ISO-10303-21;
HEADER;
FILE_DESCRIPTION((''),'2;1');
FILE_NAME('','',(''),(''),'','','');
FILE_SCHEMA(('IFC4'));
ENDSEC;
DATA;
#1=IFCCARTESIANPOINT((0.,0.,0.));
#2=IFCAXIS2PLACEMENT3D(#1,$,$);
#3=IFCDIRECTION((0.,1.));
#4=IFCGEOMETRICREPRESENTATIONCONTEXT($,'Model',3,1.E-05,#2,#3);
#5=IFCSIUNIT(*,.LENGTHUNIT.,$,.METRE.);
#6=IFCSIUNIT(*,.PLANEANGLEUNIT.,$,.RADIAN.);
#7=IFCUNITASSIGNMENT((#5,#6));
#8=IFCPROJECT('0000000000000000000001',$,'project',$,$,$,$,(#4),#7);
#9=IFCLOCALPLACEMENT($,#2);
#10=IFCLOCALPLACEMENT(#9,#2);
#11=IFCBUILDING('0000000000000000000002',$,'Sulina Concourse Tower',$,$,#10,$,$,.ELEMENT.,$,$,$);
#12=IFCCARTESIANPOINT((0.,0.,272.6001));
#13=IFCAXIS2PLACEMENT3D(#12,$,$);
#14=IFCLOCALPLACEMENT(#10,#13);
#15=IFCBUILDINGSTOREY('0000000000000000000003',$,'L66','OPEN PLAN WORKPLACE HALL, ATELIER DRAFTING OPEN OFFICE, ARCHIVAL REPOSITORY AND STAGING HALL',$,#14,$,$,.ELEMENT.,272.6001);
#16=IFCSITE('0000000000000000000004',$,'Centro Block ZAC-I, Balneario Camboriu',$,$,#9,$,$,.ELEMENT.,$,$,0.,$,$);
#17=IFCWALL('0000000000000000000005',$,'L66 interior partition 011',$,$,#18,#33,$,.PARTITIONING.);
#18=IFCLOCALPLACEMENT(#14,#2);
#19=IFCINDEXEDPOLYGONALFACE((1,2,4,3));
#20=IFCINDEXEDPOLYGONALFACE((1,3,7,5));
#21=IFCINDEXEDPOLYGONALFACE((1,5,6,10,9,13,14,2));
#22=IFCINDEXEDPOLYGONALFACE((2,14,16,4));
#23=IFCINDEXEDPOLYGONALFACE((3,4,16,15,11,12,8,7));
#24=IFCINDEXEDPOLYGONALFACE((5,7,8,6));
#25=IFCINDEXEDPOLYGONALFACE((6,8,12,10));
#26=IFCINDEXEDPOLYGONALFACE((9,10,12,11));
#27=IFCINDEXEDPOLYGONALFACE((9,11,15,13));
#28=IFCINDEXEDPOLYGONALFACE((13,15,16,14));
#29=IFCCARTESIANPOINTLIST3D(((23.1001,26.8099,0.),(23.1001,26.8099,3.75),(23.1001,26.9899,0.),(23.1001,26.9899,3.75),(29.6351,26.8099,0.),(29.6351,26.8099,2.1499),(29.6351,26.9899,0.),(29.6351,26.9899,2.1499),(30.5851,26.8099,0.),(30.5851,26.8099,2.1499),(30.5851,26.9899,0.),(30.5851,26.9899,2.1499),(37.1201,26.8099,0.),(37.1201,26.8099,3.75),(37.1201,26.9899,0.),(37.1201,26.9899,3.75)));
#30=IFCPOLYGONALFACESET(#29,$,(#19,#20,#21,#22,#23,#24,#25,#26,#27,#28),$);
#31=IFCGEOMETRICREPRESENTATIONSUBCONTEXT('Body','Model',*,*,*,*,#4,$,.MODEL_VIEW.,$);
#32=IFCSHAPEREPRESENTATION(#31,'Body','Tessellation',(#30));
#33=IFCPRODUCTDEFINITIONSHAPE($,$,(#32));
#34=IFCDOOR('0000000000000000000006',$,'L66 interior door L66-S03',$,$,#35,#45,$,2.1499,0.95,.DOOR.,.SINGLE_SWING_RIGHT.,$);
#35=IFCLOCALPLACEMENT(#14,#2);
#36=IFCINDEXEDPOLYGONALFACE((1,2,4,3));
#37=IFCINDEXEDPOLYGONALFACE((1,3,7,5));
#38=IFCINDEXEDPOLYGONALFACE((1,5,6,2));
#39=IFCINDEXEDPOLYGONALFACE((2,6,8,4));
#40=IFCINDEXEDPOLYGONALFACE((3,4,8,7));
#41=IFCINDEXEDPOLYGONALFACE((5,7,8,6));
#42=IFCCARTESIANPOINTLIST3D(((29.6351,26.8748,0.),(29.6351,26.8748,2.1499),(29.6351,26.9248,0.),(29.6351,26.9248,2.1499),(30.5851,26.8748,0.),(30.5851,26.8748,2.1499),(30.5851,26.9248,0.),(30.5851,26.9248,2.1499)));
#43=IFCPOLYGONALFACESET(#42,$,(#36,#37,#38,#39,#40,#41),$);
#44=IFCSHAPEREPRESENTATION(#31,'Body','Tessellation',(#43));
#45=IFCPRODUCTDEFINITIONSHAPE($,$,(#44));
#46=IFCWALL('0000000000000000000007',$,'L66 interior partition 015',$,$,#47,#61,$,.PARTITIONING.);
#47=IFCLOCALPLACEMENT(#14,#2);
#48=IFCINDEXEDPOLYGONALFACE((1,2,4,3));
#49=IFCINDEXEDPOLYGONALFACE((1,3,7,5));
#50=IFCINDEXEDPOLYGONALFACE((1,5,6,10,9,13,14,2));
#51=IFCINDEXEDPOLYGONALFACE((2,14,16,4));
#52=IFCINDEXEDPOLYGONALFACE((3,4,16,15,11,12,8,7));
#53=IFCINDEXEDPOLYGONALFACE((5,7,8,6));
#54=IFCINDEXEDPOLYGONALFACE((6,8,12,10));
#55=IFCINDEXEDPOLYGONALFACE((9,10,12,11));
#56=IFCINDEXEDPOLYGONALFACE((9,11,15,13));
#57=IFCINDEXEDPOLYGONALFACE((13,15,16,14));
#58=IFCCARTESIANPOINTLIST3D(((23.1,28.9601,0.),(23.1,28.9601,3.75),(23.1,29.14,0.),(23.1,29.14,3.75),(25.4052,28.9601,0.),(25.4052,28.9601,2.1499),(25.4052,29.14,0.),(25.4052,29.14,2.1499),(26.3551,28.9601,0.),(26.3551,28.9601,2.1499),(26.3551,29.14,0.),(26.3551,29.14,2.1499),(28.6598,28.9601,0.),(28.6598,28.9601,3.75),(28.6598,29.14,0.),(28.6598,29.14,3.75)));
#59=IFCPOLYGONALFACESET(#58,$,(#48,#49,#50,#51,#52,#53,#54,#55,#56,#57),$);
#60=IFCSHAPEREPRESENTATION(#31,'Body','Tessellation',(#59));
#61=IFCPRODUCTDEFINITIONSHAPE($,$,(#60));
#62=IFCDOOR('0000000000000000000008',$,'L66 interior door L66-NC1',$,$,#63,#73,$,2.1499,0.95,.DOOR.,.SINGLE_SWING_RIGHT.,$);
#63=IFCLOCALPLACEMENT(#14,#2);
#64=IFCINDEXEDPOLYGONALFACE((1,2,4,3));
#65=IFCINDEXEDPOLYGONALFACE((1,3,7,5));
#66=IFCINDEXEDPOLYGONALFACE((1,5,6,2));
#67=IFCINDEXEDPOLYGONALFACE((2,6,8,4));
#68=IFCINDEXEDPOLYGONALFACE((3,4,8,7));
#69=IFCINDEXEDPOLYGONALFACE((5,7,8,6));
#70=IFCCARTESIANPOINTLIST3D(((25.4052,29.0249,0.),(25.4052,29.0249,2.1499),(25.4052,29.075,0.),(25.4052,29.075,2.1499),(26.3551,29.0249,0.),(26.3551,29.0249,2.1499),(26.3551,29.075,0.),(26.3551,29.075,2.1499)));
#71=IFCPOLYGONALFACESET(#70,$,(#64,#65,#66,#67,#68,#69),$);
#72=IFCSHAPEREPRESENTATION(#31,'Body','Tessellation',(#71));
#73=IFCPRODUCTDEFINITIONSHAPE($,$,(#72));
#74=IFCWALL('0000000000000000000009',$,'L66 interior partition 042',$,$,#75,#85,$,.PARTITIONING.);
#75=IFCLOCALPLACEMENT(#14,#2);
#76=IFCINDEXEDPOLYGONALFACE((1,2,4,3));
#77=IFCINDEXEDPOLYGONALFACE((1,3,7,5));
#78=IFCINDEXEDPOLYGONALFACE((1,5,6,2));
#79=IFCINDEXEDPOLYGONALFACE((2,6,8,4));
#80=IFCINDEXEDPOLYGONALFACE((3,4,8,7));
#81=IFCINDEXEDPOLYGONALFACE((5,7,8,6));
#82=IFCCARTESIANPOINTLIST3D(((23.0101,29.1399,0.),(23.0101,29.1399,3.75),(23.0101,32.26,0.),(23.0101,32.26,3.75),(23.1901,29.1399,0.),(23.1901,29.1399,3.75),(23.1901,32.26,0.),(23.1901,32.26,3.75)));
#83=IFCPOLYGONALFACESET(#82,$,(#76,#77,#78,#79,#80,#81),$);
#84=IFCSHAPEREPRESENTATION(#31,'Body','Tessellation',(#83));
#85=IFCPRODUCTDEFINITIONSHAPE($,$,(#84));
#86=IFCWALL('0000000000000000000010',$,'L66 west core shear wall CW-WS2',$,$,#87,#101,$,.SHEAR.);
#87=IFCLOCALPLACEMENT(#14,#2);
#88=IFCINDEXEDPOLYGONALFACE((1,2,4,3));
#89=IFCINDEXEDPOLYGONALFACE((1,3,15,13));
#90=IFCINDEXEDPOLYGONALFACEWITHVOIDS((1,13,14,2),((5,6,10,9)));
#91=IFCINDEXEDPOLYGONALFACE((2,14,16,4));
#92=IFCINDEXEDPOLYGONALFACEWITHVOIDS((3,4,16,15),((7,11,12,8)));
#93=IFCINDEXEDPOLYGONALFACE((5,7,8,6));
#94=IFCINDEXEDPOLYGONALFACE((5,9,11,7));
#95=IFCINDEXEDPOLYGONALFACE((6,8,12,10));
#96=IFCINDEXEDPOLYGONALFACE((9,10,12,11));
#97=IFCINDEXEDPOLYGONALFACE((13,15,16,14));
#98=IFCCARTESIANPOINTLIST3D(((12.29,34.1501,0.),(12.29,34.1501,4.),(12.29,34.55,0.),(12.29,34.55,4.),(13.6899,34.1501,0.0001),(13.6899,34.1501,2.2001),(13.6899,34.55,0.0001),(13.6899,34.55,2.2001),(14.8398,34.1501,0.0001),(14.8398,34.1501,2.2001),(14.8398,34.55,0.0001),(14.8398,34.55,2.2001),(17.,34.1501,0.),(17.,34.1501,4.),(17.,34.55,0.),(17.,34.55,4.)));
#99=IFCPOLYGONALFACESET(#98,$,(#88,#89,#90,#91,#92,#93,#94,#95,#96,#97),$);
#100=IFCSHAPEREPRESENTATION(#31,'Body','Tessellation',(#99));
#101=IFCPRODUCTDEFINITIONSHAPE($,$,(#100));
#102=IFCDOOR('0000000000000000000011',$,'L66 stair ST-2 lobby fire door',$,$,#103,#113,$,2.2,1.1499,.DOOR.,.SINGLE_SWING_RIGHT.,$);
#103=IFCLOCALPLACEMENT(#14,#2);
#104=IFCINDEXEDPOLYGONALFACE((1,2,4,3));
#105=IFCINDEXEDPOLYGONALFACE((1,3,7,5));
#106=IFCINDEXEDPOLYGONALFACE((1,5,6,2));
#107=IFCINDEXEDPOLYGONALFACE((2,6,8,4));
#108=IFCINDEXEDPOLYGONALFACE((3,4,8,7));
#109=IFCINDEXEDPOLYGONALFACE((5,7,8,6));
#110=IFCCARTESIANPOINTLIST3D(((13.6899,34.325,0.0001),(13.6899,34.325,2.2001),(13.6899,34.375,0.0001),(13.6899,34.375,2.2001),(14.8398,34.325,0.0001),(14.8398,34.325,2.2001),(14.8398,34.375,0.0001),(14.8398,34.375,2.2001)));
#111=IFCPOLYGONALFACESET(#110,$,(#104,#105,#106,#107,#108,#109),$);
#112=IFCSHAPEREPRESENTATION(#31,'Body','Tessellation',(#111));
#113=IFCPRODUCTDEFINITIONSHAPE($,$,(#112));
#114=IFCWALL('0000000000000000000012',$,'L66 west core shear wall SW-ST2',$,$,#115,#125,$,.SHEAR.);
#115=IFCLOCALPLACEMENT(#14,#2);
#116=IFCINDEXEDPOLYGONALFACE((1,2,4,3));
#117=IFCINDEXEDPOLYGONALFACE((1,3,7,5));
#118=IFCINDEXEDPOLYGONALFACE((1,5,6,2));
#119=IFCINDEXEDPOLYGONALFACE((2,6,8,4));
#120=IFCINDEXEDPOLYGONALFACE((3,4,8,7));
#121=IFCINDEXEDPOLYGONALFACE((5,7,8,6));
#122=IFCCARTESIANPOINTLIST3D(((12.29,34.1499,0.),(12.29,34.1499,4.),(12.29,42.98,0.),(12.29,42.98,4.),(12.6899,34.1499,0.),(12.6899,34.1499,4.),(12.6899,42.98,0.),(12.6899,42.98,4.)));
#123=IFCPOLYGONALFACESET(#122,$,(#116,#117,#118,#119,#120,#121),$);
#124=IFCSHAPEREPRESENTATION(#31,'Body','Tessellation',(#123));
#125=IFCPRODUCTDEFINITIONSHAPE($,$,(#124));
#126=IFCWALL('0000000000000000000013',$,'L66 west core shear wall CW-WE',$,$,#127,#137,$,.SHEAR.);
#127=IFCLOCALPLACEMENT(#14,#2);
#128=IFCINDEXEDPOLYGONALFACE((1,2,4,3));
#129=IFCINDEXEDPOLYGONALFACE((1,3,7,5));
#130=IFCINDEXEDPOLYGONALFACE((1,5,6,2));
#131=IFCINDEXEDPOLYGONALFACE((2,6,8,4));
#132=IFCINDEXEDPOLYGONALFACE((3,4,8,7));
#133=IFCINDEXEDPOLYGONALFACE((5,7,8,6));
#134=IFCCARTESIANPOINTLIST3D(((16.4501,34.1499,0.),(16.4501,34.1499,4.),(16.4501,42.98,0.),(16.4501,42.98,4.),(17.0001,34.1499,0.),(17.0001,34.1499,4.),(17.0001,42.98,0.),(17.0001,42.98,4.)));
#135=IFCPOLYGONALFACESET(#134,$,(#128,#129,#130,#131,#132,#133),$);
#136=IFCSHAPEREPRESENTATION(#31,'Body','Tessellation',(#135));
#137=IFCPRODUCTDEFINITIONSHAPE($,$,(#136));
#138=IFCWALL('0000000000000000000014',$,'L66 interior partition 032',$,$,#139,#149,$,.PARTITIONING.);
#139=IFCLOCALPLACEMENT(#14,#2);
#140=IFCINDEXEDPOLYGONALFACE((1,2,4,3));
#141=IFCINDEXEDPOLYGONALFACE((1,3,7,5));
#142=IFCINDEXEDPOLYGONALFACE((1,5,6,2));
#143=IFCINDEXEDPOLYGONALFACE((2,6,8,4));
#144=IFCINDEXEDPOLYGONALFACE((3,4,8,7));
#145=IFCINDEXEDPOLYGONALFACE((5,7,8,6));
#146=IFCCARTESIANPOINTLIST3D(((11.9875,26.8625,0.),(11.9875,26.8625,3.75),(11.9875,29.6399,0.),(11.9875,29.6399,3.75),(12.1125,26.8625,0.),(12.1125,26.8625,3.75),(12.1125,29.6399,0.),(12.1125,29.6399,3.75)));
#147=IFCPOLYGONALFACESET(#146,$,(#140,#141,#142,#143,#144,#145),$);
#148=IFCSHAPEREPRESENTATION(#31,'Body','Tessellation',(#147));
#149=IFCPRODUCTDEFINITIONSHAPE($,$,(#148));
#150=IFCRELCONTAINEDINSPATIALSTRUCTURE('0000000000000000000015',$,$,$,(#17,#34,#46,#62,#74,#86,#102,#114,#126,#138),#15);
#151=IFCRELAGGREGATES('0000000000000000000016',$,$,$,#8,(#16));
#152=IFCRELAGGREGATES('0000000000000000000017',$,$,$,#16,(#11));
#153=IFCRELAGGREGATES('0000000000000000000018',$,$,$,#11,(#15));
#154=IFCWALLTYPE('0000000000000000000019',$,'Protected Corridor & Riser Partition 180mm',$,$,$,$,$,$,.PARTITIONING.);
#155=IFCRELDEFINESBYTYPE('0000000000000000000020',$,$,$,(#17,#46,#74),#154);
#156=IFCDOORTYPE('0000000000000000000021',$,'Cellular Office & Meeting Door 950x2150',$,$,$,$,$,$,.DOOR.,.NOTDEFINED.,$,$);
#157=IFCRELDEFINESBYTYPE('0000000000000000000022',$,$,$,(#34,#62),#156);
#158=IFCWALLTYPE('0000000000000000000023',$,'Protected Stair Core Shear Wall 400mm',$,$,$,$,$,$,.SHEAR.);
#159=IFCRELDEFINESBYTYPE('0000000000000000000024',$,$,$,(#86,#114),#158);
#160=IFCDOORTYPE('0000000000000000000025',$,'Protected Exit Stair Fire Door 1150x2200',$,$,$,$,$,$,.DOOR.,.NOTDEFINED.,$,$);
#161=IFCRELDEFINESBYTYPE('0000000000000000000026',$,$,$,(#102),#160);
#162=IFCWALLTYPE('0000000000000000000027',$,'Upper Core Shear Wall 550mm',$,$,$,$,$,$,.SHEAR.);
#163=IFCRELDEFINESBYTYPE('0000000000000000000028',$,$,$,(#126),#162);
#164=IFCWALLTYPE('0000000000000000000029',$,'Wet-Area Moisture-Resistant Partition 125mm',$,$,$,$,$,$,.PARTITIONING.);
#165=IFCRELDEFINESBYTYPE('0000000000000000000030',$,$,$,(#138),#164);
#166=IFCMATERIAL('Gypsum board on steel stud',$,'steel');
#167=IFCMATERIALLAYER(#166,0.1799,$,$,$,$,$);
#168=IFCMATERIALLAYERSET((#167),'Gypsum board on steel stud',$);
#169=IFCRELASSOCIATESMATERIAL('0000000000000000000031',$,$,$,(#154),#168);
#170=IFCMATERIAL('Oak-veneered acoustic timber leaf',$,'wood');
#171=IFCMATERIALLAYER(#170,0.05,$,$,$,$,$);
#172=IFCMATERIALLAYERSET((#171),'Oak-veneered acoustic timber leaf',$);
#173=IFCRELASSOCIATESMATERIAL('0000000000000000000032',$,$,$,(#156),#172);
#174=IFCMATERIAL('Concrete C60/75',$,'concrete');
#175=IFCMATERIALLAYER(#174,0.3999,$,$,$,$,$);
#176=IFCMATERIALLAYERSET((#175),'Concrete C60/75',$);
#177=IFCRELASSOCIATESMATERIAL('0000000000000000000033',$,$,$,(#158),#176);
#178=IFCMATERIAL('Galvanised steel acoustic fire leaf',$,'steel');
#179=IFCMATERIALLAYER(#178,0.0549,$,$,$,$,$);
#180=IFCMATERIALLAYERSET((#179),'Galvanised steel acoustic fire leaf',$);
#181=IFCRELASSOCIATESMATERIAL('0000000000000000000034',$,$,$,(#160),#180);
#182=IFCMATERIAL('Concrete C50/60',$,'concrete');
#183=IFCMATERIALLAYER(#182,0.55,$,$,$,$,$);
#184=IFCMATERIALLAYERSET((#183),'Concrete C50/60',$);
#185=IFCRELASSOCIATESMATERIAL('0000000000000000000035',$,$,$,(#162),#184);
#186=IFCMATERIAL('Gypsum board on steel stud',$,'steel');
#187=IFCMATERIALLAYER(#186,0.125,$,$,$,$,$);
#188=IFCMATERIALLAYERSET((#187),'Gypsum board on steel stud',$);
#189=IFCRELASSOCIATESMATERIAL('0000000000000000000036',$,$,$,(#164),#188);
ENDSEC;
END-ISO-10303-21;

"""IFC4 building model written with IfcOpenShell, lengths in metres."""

from ifc_helpers import new_model, si_unit, direction, frame, frame_2d, origin, place, context, subcontext, project, spatial, rectangle, extrude, material, layer, layer_set, type_object, element, fill, save


model = new_model("IFC4")

# Units and contexts
model_context = context("Model", 3, precision=1e-05, world=origin(), true_north=direction((0.0, 1.0)))
body_context = subcontext(model_context, "Body", "Model", "MODEL_VIEW")
ifc_project = project(units=[si_unit("LENGTHUNIT", "METRE"), si_unit("PLANEANGLEUNIT", "RADIAN")], contexts=[model_context])

# Site, building, storey
site_placement = place(None, origin())
site = spatial("IfcSite", under=ifc_project, at=site_placement, Name="Centro Block ZAC-I, Balneario Camboriu", CompositionType="ELEMENT", RefElevation=0.0)
building_placement = place(site_placement, origin())
building = spatial("IfcBuilding", under=site, at=building_placement, Name="Sulina Concourse Tower", CompositionType="ELEMENT")
storey_placement = place(building_placement, frame((0.0, 0.0, 272.6001)))
storey = spatial("IfcBuildingStorey", under=building, at=storey_placement, Name="L66", Description="OPEN PLAN WORKPLACE HALL, ATELIER DRAFTING OPEN OFFICE, ARCHIVAL REPOSITORY AND STAGING HALL", CompositionType="ELEMENT", Elevation=272.6001)

# Walls, openings, doors
ifc_material_1 = material(Name="Gypsum board on steel stud", Category="steel")
ifc_layer_1 = layer(ifc_material_1, 0.1799)
ifc_layer_set_1 = layer_set([ifc_layer_1], Name="Gypsum board on steel stud")
wall_type_1 = type_object("IfcWallType", Name="Protected Corridor & Riser Partition 180mm", PredefinedType="PARTITIONING", material=ifc_layer_set_1)
wall_1_placement = place(storey_placement, frame((23.1001, 26.8999, 0.0), z_axis=(0.0, 0.0, 1.0), x_axis=(1.0, 0.0, 0.0)))
wall_1 = element("IfcWall", 1, at=wall_1_placement, inside=storey, type_object=wall_type_1, Name="L66 interior partition 011", PredefinedType="PARTITIONING", context=body_context, shape_type="SweptSolid", body=[
    extrude(rectangle(XDim=14.02, YDim=0.1799, at=frame_2d((7.01, 0.0))), origin(), (0.0, 0.0, 1.0), 3.75),
])
opening_1_placement = place(wall_1_placement, frame((6.5349, 0.0, 0.0)))
opening_1 = element("IfcOpeningElement", 2, at=opening_1_placement, cuts=wall_1, PredefinedType="OPENING", context=body_context, shape_type="SweptSolid", body=[
    extrude(rectangle(XDim=0.95, YDim=2.1499, at=frame_2d((0.4751, 1.075))), frame((0.0, 0.0999, 0.0), z_axis=(0.0, -1.0, 0.0), x_axis=(1.0, 0.0, 0.0)), (0.0, 0.0, 1.0), 0.2),
])
ifc_material_2 = material(Name="Oak-veneered acoustic timber leaf", Category="wood")
ifc_layer_2 = layer(ifc_material_2, 0.05)
ifc_layer_set_2 = layer_set([ifc_layer_2], Name="Oak-veneered acoustic timber leaf")
door_type_1 = type_object("IfcDoorType", Name="Cellular Office & Meeting Door 950x2150", OperationType="NOTDEFINED", PredefinedType="DOOR", material=ifc_layer_set_2)
door_1_placement = place(opening_1_placement, origin())
door_1 = element("IfcDoor", 3, at=door_1_placement, inside=storey, type_object=door_type_1, Name="L66 interior door L66-S03", OperationType="SINGLE_SWING_RIGHT", OverallHeight=2.1499, OverallWidth=0.95, PredefinedType="DOOR", context=body_context, shape_type="SweptSolid", body=[
    extrude(rectangle(XDim=0.95, YDim=2.1499, at=frame_2d((0.4751, 1.075))), frame((0.0, 0.0249, 0.0), z_axis=(0.0, -1.0, 0.0), x_axis=(1.0, 0.0, 0.0)), (0.0, 0.0, 1.0), 0.05),
])
fill(opening_1, door_1)
wall_2_placement = place(storey_placement, frame((23.1001, 29.05, 0.0), z_axis=(0.0, 0.0, 1.0), x_axis=(1.0, 0.0, 0.0)))
wall_2 = element("IfcWall", 4, at=wall_2_placement, inside=storey, type_object=wall_type_1, Name="L66 interior partition 015", PredefinedType="PARTITIONING", context=body_context, shape_type="SweptSolid", body=[
    extrude(rectangle(XDim=5.5598, YDim=0.1799, at=frame_2d((2.7798, 0.0))), origin(), (0.0, 0.0, 1.0), 3.75),
])
opening_2_placement = place(wall_2_placement, frame((2.3049, 0.0, 0.0)))
opening_2 = element("IfcOpeningElement", 5, at=opening_2_placement, cuts=wall_2, PredefinedType="OPENING", context=body_context, shape_type="SweptSolid", body=[
    extrude(rectangle(XDim=0.95, YDim=2.1499, at=frame_2d((0.4751, 1.075))), frame((0.0, 0.0999, 0.0), z_axis=(0.0, -1.0, 0.0), x_axis=(1.0, 0.0, 0.0)), (0.0, 0.0, 1.0), 0.2),
])
door_2_placement = place(opening_2_placement, origin())
door_2 = element("IfcDoor", 6, at=door_2_placement, inside=storey, type_object=door_type_1, Name="L66 interior door L66-NC1", OperationType="SINGLE_SWING_RIGHT", OverallHeight=2.1499, OverallWidth=0.95, PredefinedType="DOOR", context=body_context, shape_type="SweptSolid", body=[
    extrude(rectangle(XDim=0.95, YDim=2.1499, at=frame_2d((0.4751, 1.075))), frame((0.0, 0.0249, 0.0), z_axis=(0.0, -1.0, 0.0), x_axis=(1.0, 0.0, 0.0)), (0.0, 0.0, 1.0), 0.05),
])
fill(opening_2, door_2)

# Wall
wall_3_placement = place(storey_placement, frame((23.1001, 29.1399, 0.0), z_axis=(0.0, 0.0, 1.0), x_axis=(0.0, 1.0, 0.0)))
element("IfcWall", 7, at=wall_3_placement, inside=storey, type_object=wall_type_1, Name="L66 interior partition 042", PredefinedType="PARTITIONING", context=body_context, shape_type="SweptSolid", body=[
    extrude(rectangle(XDim=3.1201, YDim=0.1799, at=frame_2d((1.5601, 0.0))), origin(), (0.0, 0.0, 1.0), 3.75),
])

# Wall, opening, door
ifc_material_3 = material(Name="Concrete C60/75", Category="concrete")
ifc_layer_3 = layer(ifc_material_3, 0.3999)
ifc_layer_set_3 = layer_set([ifc_layer_3], Name="Concrete C60/75")
wall_type_2 = type_object("IfcWallType", Name="Protected Stair Core Shear Wall 400mm", PredefinedType="SHEAR", material=ifc_layer_set_3)
wall_4_placement = place(storey_placement, frame((12.29, 34.3501, 0.0), z_axis=(0.0, 0.0, 1.0), x_axis=(1.0, 0.0, 0.0)))
wall_4 = element("IfcWall", 8, at=wall_4_placement, inside=storey, type_object=wall_type_2, Name="L66 west core shear wall CW-WS2", PredefinedType="SHEAR", context=body_context, shape_type="SweptSolid", body=[
    extrude(rectangle(XDim=4.71, YDim=0.3999, at=frame_2d((2.355, 0.0))), origin(), (0.0, 0.0, 1.0), 4.0),
])
opening_3_placement = place(wall_4_placement, frame((1.3999, 0.0, 0.0)))
opening_3 = element("IfcOpeningElement", 9, at=opening_3_placement, cuts=wall_4, PredefinedType="OPENING", context=body_context, shape_type="SweptSolid", body=[
    extrude(rectangle(XDim=1.1499, YDim=2.2, at=frame_2d((0.575, 1.1001))), frame((0.0, 0.21, 0.0), z_axis=(0.0, -1.0, 0.0), x_axis=(1.0, 0.0, 0.0)), (0.0, 0.0, 1.0), 0.4199),
])
ifc_material_4 = material(Name="Galvanised steel acoustic fire leaf", Category="steel")
ifc_layer_4 = layer(ifc_material_4, 0.0549)
ifc_layer_set_4 = layer_set([ifc_layer_4], Name="Galvanised steel acoustic fire leaf")
door_type_2 = type_object("IfcDoorType", Name="Protected Exit Stair Fire Door 1150x2200", OperationType="NOTDEFINED", PredefinedType="DOOR", material=ifc_layer_set_4)
door_3_placement = place(opening_3_placement, origin())
door_3 = element("IfcDoor", 10, at=door_3_placement, inside=storey, type_object=door_type_2, Name="L66 stair ST-2 lobby fire door", OperationType="SINGLE_SWING_RIGHT", OverallHeight=2.2, OverallWidth=1.1499, PredefinedType="DOOR", context=body_context, shape_type="SweptSolid", body=[
    extrude(rectangle(XDim=1.1499, YDim=2.2, at=frame_2d((0.575, 1.1001))), frame((0.0, 0.0249, 0.0), z_axis=(0.0, -1.0, 0.0), x_axis=(1.0, 0.0, 0.0)), (0.0, 0.0, 1.0), 0.05),
])
fill(opening_3, door_3)

# Walls
wall_5_placement = place(storey_placement, frame((12.49, 34.1499, 0.0), z_axis=(0.0, 0.0, 1.0), x_axis=(0.0, 1.0, 0.0)))
element("IfcWall", 11, at=wall_5_placement, inside=storey, type_object=wall_type_2, Name="L66 west core shear wall SW-ST2", PredefinedType="SHEAR", context=body_context, shape_type="SweptSolid", body=[
    extrude(rectangle(XDim=8.8301, YDim=0.3999, at=frame_2d((4.415, 0.0))), origin(), (0.0, 0.0, 1.0), 4.0),
])
ifc_material_5 = material(Name="Concrete C50/60", Category="concrete")
ifc_layer_5 = layer(ifc_material_5, 0.55)
ifc_layer_set_5 = layer_set([ifc_layer_5], Name="Concrete C50/60")
wall_type_3 = type_object("IfcWallType", Name="Upper Core Shear Wall 550mm", PredefinedType="SHEAR", material=ifc_layer_set_5)
wall_6_placement = place(storey_placement, frame((16.7251, 34.1499, 0.0), z_axis=(0.0, 0.0, 1.0), x_axis=(0.0, 1.0, 0.0)))
element("IfcWall", 12, at=wall_6_placement, inside=storey, type_object=wall_type_3, Name="L66 west core shear wall CW-WE", PredefinedType="SHEAR", context=body_context, shape_type="SweptSolid", body=[
    extrude(rectangle(XDim=8.8301, YDim=0.55, at=frame_2d((4.415, 0.0))), origin(), (0.0, 0.0, 1.0), 4.0),
])
ifc_material_6 = material(Name="Gypsum board on steel stud", Category="steel")
ifc_layer_6 = layer(ifc_material_6, 0.125)
ifc_layer_set_6 = layer_set([ifc_layer_6], Name="Gypsum board on steel stud")
wall_type_4 = type_object("IfcWallType", Name="Wet-Area Moisture-Resistant Partition 125mm", PredefinedType="PARTITIONING", material=ifc_layer_set_6)
wall_7_placement = place(storey_placement, frame((12.05, 26.8625, 0.0), z_axis=(0.0, 0.0, 1.0), x_axis=(0.0, 1.0, 0.0)))
element("IfcWall", 13, at=wall_7_placement, inside=storey, type_object=wall_type_4, Name="L66 interior partition 032", PredefinedType="PARTITIONING", context=body_context, shape_type="SweptSolid", body=[
    extrude(rectangle(XDim=2.7773, YDim=0.125, at=frame_2d((1.3887, 0.0))), origin(), (0.0, 0.0, 1.0), 3.75),
])

save(model, "model.ifc")
